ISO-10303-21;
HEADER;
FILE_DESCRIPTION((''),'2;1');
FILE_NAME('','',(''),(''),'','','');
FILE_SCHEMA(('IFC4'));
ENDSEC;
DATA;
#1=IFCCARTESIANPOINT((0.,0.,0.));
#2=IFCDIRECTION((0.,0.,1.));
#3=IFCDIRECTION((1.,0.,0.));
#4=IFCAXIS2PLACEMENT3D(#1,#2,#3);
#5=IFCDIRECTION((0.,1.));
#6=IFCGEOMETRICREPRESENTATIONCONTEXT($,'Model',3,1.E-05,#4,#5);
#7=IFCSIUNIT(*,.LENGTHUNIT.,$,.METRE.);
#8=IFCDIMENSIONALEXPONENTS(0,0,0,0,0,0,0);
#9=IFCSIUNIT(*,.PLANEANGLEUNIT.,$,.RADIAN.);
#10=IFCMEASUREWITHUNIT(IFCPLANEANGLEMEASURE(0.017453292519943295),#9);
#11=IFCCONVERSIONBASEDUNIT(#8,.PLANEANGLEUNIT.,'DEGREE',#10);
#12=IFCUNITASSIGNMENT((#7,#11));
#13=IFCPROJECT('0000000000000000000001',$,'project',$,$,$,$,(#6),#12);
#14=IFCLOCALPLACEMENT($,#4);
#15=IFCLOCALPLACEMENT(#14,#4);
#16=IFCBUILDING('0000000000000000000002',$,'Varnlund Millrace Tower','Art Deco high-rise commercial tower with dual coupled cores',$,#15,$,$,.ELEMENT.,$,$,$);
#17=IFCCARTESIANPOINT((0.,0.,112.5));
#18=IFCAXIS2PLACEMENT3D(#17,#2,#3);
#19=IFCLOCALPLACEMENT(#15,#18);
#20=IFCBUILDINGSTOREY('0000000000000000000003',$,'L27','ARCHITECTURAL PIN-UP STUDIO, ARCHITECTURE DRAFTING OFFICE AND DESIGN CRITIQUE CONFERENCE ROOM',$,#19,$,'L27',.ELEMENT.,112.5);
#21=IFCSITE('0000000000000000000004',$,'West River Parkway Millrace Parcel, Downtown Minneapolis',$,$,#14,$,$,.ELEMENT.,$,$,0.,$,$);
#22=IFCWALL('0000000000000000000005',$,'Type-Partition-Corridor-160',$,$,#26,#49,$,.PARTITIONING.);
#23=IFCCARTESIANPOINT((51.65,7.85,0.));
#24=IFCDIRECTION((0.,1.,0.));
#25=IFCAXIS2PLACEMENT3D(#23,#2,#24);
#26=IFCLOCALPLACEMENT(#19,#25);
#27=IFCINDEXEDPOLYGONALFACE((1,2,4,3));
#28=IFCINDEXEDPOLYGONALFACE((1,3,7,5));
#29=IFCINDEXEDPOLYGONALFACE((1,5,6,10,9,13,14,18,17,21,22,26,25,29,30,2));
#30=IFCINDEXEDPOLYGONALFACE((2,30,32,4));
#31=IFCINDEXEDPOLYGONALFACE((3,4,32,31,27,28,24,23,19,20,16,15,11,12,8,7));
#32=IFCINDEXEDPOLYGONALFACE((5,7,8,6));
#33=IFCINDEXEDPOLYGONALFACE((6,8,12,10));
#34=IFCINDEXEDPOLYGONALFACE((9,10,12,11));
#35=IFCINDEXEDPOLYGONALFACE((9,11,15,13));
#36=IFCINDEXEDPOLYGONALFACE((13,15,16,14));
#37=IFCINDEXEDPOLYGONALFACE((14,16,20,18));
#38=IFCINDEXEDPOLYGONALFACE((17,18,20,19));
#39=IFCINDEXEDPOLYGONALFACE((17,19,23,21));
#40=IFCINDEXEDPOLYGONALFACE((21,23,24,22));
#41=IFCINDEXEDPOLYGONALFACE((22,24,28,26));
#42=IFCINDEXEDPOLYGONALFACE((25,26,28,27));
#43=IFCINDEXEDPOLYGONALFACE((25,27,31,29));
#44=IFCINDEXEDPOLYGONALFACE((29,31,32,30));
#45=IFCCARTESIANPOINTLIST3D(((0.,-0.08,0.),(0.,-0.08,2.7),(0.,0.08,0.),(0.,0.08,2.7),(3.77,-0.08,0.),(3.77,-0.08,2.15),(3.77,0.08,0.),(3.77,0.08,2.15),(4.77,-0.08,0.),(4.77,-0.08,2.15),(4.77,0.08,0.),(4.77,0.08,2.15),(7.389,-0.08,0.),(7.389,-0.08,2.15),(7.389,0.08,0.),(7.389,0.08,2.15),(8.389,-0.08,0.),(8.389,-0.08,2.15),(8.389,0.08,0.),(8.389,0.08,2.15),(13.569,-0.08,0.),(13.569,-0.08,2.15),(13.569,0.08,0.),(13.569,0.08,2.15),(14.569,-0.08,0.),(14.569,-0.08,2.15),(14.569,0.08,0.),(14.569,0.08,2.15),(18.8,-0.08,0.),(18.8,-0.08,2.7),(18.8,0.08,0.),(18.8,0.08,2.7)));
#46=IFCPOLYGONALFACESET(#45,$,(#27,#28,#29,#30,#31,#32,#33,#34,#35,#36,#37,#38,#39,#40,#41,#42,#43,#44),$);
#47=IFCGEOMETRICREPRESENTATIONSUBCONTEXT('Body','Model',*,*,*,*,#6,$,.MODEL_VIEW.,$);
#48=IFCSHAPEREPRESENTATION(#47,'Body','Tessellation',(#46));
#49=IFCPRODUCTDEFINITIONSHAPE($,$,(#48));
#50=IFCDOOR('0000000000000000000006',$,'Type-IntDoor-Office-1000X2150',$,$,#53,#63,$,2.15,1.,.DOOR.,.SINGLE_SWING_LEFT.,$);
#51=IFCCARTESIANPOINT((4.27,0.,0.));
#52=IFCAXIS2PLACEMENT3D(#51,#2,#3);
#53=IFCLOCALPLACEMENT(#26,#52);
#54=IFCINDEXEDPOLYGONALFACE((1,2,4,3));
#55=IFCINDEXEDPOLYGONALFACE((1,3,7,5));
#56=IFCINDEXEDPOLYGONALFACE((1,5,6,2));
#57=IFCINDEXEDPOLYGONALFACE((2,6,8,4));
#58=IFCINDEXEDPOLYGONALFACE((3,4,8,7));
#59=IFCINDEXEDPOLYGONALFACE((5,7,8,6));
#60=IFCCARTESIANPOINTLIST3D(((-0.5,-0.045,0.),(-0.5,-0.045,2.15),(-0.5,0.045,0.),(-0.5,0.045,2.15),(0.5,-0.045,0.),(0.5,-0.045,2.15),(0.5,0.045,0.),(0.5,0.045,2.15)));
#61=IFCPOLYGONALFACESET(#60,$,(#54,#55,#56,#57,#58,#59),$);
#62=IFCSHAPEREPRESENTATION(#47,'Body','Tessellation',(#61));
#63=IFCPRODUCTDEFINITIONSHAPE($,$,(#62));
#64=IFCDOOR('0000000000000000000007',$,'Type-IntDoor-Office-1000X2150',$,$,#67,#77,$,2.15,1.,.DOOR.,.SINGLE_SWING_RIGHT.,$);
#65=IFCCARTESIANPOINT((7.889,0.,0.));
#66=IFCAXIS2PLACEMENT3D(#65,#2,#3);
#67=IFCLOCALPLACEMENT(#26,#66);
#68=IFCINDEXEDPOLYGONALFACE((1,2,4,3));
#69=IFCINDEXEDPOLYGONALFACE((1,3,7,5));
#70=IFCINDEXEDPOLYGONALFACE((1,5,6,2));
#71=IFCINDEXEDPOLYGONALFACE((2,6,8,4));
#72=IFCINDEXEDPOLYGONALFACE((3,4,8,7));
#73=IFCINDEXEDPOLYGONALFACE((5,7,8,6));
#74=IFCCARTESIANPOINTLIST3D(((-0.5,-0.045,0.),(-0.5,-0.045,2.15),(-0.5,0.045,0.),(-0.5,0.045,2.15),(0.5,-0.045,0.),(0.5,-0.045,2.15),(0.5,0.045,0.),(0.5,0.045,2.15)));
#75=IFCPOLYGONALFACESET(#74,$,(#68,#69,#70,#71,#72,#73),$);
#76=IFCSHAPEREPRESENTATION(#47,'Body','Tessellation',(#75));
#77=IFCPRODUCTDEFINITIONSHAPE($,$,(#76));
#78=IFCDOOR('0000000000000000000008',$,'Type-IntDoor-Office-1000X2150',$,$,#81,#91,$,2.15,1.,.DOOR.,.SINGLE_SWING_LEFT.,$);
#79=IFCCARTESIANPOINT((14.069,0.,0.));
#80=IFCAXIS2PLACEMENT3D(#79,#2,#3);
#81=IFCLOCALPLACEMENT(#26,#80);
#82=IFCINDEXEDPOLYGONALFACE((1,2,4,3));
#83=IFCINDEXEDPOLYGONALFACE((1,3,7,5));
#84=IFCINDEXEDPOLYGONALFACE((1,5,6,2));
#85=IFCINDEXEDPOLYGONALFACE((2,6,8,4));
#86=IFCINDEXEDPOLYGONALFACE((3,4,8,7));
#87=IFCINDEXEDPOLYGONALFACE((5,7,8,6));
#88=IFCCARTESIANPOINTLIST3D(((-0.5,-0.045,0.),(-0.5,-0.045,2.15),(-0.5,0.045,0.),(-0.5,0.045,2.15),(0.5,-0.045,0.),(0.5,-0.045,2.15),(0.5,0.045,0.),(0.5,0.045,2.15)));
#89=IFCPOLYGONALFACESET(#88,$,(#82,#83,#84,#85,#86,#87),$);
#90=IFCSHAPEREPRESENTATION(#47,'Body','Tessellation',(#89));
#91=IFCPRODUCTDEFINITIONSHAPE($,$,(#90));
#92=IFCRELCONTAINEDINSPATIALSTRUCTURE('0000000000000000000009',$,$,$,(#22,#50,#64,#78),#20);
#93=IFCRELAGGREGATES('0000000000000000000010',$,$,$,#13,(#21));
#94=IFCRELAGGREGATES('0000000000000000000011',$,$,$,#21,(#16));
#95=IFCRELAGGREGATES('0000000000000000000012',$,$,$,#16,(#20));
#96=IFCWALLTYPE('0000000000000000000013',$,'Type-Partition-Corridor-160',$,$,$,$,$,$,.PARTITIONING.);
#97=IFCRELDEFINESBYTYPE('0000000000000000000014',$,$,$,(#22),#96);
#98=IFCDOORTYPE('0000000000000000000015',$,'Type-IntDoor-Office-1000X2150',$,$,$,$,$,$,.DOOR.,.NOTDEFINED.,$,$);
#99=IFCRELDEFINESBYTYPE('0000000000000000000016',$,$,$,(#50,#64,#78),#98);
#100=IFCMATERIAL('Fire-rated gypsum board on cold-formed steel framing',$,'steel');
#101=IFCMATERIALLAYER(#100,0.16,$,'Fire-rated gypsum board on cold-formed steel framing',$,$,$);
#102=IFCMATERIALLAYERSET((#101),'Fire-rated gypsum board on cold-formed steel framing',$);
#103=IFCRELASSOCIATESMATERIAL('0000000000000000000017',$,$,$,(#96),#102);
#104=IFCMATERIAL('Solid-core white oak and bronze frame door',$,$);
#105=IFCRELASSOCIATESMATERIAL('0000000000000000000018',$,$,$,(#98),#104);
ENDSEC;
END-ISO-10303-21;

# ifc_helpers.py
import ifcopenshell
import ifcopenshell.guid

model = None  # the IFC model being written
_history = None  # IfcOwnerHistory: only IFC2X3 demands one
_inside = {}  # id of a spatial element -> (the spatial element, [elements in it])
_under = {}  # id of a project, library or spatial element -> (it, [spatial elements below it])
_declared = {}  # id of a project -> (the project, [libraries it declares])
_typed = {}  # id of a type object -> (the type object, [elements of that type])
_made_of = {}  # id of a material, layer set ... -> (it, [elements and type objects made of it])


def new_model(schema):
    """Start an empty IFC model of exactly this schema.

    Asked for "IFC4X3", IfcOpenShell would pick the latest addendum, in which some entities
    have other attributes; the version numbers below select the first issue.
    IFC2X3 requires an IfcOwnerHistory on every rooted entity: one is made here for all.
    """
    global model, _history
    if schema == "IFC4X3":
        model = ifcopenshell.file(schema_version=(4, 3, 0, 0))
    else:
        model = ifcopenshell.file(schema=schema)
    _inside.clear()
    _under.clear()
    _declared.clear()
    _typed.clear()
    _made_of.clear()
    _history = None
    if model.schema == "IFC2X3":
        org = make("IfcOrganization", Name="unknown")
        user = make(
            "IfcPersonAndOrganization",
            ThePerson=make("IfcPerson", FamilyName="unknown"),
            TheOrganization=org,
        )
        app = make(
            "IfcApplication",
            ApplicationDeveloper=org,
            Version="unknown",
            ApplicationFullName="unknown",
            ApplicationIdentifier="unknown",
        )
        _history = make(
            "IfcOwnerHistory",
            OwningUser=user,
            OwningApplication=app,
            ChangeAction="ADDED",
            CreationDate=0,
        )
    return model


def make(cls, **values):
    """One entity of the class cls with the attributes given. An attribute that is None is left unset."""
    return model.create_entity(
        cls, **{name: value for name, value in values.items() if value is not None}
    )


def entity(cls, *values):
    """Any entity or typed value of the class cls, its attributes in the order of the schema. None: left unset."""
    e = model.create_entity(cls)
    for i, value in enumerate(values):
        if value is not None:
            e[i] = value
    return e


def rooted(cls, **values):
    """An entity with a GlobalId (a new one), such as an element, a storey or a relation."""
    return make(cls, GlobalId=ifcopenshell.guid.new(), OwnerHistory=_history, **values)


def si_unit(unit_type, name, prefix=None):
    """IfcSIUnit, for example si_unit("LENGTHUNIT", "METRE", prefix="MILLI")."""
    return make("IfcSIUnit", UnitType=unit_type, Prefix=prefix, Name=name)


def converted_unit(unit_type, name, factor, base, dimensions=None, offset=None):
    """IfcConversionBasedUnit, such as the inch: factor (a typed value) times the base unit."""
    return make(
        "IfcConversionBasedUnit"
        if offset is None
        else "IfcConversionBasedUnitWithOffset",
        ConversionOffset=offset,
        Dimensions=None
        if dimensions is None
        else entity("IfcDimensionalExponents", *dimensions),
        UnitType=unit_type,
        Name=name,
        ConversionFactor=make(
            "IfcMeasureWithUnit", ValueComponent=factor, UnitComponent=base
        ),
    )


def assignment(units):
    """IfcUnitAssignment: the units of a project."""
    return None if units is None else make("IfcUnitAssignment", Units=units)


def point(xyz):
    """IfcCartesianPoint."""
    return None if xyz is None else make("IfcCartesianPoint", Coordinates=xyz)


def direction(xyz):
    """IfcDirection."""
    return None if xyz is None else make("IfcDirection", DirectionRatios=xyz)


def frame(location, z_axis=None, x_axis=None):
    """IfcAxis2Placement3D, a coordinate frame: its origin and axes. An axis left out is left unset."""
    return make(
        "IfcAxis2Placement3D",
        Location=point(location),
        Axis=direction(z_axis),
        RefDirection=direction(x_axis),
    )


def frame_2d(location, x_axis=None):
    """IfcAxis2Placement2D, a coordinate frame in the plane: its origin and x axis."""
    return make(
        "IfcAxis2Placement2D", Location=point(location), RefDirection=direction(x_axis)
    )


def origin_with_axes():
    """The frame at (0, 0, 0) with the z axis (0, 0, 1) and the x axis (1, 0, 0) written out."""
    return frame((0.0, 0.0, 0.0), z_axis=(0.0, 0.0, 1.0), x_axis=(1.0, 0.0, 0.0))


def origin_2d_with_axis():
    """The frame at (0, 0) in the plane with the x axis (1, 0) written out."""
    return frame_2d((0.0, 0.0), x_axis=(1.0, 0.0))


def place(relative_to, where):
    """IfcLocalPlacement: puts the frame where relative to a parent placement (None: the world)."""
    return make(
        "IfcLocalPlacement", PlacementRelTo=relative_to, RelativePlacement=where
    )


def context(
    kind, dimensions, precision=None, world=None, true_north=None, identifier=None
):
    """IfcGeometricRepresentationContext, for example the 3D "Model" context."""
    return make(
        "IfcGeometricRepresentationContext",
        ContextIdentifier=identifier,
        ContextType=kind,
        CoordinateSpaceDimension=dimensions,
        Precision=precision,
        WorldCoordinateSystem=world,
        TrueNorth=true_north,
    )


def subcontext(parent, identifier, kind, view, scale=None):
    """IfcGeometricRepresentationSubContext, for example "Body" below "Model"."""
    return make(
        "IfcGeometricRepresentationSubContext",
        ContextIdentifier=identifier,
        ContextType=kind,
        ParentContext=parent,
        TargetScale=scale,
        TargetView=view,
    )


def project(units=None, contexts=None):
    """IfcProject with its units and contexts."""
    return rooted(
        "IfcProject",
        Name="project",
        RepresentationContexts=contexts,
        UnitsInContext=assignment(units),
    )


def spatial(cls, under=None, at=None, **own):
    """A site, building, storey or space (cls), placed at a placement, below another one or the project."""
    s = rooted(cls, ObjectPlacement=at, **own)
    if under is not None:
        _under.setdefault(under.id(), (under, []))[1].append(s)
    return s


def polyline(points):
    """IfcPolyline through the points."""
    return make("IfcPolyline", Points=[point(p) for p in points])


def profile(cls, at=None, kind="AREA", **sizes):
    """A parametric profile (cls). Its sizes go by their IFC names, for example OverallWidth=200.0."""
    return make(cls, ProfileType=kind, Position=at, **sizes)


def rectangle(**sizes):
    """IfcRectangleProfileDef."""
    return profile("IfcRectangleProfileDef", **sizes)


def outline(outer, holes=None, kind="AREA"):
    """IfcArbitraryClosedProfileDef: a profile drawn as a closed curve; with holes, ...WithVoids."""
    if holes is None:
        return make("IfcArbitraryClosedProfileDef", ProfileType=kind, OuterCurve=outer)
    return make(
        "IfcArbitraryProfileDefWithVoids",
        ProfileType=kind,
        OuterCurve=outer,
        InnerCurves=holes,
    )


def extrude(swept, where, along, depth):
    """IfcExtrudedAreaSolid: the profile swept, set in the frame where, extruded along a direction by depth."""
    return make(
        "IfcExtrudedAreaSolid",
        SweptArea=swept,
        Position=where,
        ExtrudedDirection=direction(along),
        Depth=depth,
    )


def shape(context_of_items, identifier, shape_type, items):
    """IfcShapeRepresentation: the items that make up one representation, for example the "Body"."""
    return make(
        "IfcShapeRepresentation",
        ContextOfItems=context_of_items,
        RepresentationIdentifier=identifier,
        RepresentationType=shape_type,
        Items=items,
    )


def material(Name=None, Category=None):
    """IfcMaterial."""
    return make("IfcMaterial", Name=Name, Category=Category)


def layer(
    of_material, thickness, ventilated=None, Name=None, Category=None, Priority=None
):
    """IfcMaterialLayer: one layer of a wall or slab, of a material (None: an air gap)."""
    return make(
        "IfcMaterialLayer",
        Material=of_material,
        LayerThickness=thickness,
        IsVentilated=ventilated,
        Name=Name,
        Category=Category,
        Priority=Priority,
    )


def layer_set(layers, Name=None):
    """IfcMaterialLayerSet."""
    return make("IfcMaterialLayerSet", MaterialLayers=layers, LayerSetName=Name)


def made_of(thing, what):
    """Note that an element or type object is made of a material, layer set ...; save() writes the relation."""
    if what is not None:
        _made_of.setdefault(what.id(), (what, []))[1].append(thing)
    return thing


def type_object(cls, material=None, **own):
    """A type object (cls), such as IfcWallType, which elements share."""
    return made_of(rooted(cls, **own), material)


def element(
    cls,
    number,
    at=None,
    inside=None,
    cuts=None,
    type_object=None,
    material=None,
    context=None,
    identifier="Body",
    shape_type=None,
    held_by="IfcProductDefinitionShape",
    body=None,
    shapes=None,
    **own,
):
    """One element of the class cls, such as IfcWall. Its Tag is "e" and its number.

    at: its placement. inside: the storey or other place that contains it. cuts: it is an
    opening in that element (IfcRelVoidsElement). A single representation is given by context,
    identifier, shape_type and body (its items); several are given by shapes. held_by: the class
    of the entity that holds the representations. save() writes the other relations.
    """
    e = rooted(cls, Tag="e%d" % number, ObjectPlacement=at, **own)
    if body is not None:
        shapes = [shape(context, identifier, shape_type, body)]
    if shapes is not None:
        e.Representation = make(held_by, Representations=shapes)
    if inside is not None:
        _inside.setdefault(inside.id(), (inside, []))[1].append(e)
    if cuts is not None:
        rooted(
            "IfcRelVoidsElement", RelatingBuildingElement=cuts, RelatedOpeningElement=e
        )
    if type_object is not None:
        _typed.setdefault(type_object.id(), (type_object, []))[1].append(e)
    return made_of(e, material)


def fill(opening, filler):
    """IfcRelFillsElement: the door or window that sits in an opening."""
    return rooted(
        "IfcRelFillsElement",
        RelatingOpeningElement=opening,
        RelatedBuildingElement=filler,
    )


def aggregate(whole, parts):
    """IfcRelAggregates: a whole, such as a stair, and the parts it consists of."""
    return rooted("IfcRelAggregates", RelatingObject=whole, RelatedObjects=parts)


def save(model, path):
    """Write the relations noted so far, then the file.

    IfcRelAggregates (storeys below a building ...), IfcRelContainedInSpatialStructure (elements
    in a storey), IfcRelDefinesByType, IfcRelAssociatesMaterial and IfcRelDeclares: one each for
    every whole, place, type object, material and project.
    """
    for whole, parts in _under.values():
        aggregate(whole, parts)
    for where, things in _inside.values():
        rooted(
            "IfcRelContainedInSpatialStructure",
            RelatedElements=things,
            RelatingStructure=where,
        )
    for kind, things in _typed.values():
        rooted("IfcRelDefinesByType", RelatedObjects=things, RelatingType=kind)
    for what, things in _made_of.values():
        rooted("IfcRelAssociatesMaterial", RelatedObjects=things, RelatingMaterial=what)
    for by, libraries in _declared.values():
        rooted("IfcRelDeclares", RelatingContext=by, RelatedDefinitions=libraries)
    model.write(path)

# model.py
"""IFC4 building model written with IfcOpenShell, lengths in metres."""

from ifc_helpers import new_model, entity, si_unit, converted_unit, direction, frame, origin_with_axes, origin_2d_with_axis, place, context, subcontext, project, spatial, polyline, rectangle, outline, extrude, material, layer, layer_set, type_object, element, fill, save


model = new_model("IFC4")

# Units and contexts
model_context = context("Model", 3, precision=1e-05, world=origin_with_axes(), true_north=direction((0.0, 1.0)))
body_context = subcontext(model_context, "Body", "Model", "MODEL_VIEW")
ifc_project = project(units=[si_unit("LENGTHUNIT", "METRE"), converted_unit("PLANEANGLEUNIT", "DEGREE", entity("IfcPlaneAngleMeasure", 0.017453292519943295), si_unit("PLANEANGLEUNIT", "RADIAN"), dimensions=[0, 0, 0, 0, 0, 0, 0])], contexts=[model_context])

# Site, building, storey
site_placement = place(None, origin_with_axes())
site = spatial("IfcSite", under=ifc_project, at=site_placement, Name="West River Parkway Millrace Parcel, Downtown Minneapolis", CompositionType="ELEMENT", RefElevation=0.0)
building_placement = place(site_placement, origin_with_axes())
building = spatial("IfcBuilding", under=site, at=building_placement, Name="Varnlund Millrace Tower", Description="Art Deco high-rise commercial tower with dual coupled cores", CompositionType="ELEMENT")
storey_placement = place(building_placement, frame((0.0, 0.0, 112.5), z_axis=(0.0, 0.0, 1.0), x_axis=(1.0, 0.0, 0.0)))
storey = spatial("IfcBuildingStorey", under=building, at=storey_placement, Name="L27", Description="ARCHITECTURAL PIN-UP STUDIO, ARCHITECTURE DRAFTING OFFICE AND DESIGN CRITIQUE CONFERENCE ROOM", LongName="L27", CompositionType="ELEMENT", Elevation=112.5)

# Wall, openings, doors
ifc_material_1 = material(Name="Fire-rated gypsum board on cold-formed steel framing", Category="steel")
ifc_layer_1 = layer(ifc_material_1, 0.16, Name="Fire-rated gypsum board on cold-formed steel framing")
ifc_layer_set_1 = layer_set([ifc_layer_1], Name="Fire-rated gypsum board on cold-formed steel framing")
wall_type_1 = type_object("IfcWallType", Name="Type-Partition-Corridor-160", PredefinedType="PARTITIONING", material=ifc_layer_set_1)
wall_1_placement = place(storey_placement, frame((51.65, 7.85, 0.0), z_axis=(0.0, 0.0, 1.0), x_axis=(0.0, 1.0, 0.0)))
wall_1 = element("IfcWall", 1, at=wall_1_placement, inside=storey, type_object=wall_type_1, Name="Type-Partition-Corridor-160", PredefinedType="PARTITIONING", context=body_context, shape_type="SweptSolid", body=[
    extrude(outline(polyline([(0.0, -0.08), (18.8, -0.08), (18.8, 0.08), (0.0, 0.08), (0.0, -0.08)])), origin_with_axes(), (0.0, 0.0, 1.0), 2.7),
])
opening_1_placement = place(wall_1_placement, frame((4.27, 0.0, 0.0), z_axis=(0.0, 0.0, 1.0), x_axis=(1.0, 0.0, 0.0)))
opening_1 = element("IfcOpeningElement", 2, at=opening_1_placement, cuts=wall_1, PredefinedType="OPENING", context=body_context, shape_type="SweptSolid", body=[
    extrude(rectangle(XDim=1.0, YDim=0.18, at=origin_2d_with_axis()), origin_with_axes(), (0.0, 0.0, 1.0), 2.15),
])
opening_2_placement = place(wall_1_placement, frame((7.889, 0.0, 0.0), z_axis=(0.0, 0.0, 1.0), x_axis=(1.0, 0.0, 0.0)))
opening_2 = element("IfcOpeningElement", 3, at=opening_2_placement, cuts=wall_1, PredefinedType="OPENING", context=body_context, shape_type="SweptSolid", body=[
    extrude(rectangle(XDim=1.0, YDim=0.18, at=origin_2d_with_axis()), origin_with_axes(), (0.0, 0.0, 1.0), 2.15),
])
opening_3_placement = place(wall_1_placement, frame((14.069, 0.0, 0.0), z_axis=(0.0, 0.0, 1.0), x_axis=(1.0, 0.0, 0.0)))
opening_3 = element("IfcOpeningElement", 4, at=opening_3_placement, cuts=wall_1, PredefinedType="OPENING", context=body_context, shape_type="SweptSolid", body=[
    extrude(rectangle(XDim=1.0, YDim=0.18, at=origin_2d_with_axis()), origin_with_axes(), (0.0, 0.0, 1.0), 2.15),
])
ifc_material_2 = material(Name="Solid-core white oak and bronze frame door")
door_type = type_object("IfcDoorType", Name="Type-IntDoor-Office-1000X2150", OperationType="NOTDEFINED", PredefinedType="DOOR", material=ifc_material_2)
door_1_placement = place(wall_1_placement, frame((4.27, 0.0, 0.0), z_axis=(0.0, 0.0, 1.0), x_axis=(1.0, 0.0, 0.0)))
door_1 = element("IfcDoor", 5, at=door_1_placement, inside=storey, type_object=door_type, Name="Type-IntDoor-Office-1000X2150", OperationType="SINGLE_SWING_LEFT", OverallHeight=2.15, OverallWidth=1.0, PredefinedType="DOOR", context=body_context, shape_type="SweptSolid", body=[
    extrude(rectangle(XDim=1.0, YDim=0.09, at=origin_2d_with_axis()), origin_with_axes(), (0.0, 0.0, 1.0), 2.15),
])
fill(opening_1, door_1)
door_2_placement = place(wall_1_placement, frame((7.889, 0.0, 0.0), z_axis=(0.0, 0.0, 1.0), x_axis=(1.0, 0.0, 0.0)))
door_2 = element("IfcDoor", 6, at=door_2_placement, inside=storey, type_object=door_type, Name="Type-IntDoor-Office-1000X2150", OperationType="SINGLE_SWING_RIGHT", OverallHeight=2.15, OverallWidth=1.0, PredefinedType="DOOR", context=body_context, shape_type="SweptSolid", body=[
    extrude(rectangle(XDim=1.0, YDim=0.09, at=origin_2d_with_axis()), origin_with_axes(), (0.0, 0.0, 1.0), 2.15),
])
fill(opening_2, door_2)
door_3_placement = place(wall_1_placement, frame((14.069, 0.0, 0.0), z_axis=(0.0, 0.0, 1.0), x_axis=(1.0, 0.0, 0.0)))
door_3 = element("IfcDoor", 7, at=door_3_placement, inside=storey, type_object=door_type, Name="Type-IntDoor-Office-1000X2150", OperationType="SINGLE_SWING_LEFT", OverallHeight=2.15, OverallWidth=1.0, PredefinedType="DOOR", context=body_context, shape_type="SweptSolid", body=[
    extrude(rectangle(XDim=1.0, YDim=0.09, at=origin_2d_with_axis()), origin_with_axes(), (0.0, 0.0, 1.0), 2.15),
])
fill(opening_3, door_3)

save(model, "model.ifc")
